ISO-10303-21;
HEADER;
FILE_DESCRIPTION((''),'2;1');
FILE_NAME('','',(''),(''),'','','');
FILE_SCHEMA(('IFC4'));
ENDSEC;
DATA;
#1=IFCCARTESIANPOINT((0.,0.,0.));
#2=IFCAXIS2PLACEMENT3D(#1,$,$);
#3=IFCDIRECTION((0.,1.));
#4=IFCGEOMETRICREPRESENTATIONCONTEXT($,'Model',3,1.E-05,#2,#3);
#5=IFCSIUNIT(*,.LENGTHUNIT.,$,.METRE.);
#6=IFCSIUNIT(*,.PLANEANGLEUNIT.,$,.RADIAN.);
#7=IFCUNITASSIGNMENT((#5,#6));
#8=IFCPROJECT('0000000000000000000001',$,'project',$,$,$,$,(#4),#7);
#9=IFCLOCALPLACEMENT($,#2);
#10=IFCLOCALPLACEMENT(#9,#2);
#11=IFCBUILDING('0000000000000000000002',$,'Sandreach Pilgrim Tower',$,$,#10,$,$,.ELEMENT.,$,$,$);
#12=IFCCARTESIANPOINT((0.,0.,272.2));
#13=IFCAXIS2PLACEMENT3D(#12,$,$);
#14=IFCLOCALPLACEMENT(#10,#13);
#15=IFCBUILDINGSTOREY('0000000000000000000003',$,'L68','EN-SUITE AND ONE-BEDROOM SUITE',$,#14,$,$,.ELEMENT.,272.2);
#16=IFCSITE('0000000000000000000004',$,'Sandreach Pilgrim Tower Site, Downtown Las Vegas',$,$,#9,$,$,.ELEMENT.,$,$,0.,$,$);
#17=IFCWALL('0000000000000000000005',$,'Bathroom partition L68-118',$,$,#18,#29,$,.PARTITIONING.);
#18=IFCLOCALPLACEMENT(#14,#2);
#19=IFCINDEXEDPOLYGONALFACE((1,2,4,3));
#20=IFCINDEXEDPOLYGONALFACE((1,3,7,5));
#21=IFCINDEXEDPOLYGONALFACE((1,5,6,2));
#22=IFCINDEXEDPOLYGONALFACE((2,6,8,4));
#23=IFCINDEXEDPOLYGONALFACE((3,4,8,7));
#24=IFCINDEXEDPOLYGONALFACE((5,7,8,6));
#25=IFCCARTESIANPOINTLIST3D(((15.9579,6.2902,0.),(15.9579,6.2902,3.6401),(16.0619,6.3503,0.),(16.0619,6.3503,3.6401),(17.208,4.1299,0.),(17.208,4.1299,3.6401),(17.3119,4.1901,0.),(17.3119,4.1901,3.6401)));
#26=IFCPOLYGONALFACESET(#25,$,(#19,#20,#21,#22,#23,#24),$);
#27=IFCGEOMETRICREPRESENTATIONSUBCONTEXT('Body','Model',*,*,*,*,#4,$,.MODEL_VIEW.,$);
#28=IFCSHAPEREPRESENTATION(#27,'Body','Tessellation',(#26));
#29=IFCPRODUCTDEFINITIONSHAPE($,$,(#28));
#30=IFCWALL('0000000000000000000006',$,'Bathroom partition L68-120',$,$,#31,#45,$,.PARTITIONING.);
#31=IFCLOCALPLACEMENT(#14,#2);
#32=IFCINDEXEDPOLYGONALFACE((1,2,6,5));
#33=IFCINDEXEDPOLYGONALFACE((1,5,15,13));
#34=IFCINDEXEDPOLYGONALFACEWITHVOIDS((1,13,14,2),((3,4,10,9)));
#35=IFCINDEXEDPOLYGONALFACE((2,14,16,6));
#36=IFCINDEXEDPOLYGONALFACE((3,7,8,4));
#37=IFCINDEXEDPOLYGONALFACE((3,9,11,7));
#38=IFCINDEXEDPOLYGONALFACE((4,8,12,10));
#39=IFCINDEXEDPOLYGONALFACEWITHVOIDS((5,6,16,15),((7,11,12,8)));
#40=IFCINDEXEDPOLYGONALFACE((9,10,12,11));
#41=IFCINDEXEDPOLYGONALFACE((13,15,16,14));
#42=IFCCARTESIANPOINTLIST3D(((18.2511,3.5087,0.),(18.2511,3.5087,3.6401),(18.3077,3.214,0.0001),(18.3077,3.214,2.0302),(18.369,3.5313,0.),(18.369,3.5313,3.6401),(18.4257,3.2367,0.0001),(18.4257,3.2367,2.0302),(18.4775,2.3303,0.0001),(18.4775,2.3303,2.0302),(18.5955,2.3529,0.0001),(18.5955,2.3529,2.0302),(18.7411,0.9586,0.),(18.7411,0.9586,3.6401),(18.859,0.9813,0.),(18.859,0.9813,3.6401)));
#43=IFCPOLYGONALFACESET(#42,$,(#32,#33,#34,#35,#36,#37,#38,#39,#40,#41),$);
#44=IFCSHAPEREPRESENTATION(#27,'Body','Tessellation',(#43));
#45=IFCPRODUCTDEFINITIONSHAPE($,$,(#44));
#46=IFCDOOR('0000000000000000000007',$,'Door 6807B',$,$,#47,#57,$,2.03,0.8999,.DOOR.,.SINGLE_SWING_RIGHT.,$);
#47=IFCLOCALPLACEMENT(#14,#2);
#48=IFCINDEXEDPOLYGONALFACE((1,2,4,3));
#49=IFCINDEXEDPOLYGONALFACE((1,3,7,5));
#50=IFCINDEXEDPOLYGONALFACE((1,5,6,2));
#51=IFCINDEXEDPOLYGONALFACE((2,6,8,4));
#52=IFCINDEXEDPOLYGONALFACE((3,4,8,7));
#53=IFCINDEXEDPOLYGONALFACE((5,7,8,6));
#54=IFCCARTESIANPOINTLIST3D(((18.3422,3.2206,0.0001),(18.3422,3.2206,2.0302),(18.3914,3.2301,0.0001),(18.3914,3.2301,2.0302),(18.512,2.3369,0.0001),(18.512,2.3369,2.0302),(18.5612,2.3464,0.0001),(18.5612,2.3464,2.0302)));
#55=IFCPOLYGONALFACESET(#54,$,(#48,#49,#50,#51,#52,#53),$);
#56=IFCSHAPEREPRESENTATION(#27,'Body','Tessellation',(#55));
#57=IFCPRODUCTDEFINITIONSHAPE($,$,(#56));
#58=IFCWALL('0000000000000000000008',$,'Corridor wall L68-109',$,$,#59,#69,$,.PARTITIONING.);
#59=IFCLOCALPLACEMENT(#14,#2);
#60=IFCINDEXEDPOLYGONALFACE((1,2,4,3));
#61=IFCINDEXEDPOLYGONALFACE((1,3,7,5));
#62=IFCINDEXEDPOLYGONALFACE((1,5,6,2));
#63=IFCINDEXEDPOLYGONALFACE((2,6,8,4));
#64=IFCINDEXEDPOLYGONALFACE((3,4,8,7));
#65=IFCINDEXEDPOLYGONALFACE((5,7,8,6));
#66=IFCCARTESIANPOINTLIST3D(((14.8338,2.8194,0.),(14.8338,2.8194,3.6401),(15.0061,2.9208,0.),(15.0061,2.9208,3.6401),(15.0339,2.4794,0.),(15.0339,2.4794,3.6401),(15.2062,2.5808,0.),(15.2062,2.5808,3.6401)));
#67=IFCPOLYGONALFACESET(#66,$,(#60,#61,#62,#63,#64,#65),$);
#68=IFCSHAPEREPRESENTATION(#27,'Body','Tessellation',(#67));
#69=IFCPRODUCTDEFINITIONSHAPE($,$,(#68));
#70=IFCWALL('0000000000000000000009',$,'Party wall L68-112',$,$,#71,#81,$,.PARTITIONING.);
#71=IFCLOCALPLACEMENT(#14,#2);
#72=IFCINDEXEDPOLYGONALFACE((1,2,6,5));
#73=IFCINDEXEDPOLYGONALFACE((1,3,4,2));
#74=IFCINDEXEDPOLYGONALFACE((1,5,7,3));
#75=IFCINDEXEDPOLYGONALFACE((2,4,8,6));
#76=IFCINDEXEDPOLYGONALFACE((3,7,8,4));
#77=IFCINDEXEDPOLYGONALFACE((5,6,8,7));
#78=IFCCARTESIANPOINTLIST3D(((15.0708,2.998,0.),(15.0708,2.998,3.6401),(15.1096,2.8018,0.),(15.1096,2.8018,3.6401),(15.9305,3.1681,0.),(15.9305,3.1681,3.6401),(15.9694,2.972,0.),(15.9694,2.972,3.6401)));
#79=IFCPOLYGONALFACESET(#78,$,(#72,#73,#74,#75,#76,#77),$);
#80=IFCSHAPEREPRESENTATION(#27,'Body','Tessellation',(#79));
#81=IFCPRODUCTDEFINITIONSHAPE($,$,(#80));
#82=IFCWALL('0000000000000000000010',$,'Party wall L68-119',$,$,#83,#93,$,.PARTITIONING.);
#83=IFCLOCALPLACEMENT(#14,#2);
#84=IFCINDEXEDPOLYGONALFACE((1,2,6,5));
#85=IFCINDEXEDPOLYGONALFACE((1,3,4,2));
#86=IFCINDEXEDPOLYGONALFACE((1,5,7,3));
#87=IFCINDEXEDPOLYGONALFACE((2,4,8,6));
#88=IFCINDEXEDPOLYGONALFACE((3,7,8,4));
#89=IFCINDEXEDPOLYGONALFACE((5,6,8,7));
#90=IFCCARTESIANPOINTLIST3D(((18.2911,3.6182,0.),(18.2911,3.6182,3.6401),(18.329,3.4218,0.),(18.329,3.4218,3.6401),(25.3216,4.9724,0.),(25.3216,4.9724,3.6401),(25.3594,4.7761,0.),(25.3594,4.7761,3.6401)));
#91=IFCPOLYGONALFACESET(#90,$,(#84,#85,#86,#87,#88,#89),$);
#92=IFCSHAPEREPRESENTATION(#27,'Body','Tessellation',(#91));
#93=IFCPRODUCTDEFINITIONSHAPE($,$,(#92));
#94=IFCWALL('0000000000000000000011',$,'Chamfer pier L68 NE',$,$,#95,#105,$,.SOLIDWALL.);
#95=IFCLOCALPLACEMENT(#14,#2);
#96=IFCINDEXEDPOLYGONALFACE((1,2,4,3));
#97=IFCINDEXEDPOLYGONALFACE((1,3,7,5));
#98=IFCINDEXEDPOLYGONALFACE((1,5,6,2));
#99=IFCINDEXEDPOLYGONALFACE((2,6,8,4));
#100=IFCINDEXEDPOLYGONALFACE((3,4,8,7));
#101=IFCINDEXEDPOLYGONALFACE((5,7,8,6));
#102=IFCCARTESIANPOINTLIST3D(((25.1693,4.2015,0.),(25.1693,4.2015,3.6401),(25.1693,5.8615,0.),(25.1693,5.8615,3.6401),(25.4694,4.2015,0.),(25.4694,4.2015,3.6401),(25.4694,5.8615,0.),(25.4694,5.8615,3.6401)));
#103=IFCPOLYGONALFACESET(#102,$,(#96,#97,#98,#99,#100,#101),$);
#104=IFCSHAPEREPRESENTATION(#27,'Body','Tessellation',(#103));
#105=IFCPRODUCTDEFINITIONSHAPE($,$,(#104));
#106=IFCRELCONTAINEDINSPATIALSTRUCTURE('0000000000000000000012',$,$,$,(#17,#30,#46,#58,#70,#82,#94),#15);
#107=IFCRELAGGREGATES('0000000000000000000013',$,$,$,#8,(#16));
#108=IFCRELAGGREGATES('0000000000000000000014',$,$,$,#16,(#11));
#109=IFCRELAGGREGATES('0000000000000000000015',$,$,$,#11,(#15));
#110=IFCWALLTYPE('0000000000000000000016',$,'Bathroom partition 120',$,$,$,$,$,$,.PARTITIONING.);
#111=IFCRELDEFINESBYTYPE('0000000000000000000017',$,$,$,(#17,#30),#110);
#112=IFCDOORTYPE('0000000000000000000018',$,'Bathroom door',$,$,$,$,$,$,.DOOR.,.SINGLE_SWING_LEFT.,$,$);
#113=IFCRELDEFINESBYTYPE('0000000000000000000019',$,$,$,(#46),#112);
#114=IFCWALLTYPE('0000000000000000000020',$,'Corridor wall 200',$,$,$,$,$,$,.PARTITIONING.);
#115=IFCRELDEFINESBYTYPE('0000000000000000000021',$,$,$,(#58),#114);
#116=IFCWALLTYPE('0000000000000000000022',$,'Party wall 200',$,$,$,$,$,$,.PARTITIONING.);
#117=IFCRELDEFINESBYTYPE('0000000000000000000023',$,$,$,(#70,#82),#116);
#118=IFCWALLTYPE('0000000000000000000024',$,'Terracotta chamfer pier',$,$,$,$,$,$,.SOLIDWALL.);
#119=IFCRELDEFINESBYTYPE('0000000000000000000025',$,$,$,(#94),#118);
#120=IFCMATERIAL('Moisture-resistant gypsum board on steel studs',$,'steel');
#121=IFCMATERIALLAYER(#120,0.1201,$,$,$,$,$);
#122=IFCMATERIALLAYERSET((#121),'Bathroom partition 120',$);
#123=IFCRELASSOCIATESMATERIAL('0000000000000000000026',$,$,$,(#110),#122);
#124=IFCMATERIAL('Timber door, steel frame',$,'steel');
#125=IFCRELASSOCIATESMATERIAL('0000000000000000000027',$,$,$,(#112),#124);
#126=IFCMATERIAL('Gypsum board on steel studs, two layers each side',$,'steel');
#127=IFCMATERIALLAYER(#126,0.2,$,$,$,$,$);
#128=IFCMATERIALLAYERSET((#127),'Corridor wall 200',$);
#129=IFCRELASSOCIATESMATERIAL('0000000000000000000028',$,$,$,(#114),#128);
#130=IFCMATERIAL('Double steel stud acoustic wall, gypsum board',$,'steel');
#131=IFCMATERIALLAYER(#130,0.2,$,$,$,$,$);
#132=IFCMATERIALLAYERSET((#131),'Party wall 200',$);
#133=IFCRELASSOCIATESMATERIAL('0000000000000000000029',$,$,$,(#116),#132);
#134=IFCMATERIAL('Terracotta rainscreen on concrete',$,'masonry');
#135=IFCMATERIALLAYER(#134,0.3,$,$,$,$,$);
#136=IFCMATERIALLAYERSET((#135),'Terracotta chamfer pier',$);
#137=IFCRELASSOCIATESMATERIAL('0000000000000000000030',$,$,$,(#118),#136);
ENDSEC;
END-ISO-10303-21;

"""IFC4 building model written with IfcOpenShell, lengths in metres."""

from ifc_helpers import new_model, si_unit, direction, frame, frame_2d, origin, place, context, subcontext, project, spatial, rectangle, extrude, material, layer, layer_set, type_object, element, fill, save


model = new_model("IFC4")

# Units and contexts
model_context = context("Model", 3, precision=1e-05, world=origin(), true_north=direction((0.0, 1.0)))
body_context = subcontext(model_context, "Body", "Model", "MODEL_VIEW")
ifc_project = project(units=[si_unit("LENGTHUNIT", "METRE"), si_unit("PLANEANGLEUNIT", "RADIAN")], contexts=[model_context])

# Site, building, storey
site_placement = place(None, origin())
site = spatial("IfcSite", under=ifc_project, at=site_placement, Name="Sandreach Pilgrim Tower Site, Downtown Las Vegas", CompositionType="ELEMENT", RefElevation=0.0)
building_placement = place(site_placement, origin())
building = spatial("IfcBuilding", under=site, at=building_placement, Name="Sandreach Pilgrim Tower", CompositionType="ELEMENT")
storey_placement = place(building_placement, frame((0.0, 0.0, 272.2)))
storey = spatial("IfcBuildingStorey", under=building, at=storey_placement, Name="L68", Description="EN-SUITE AND ONE-BEDROOM SUITE", CompositionType="ELEMENT", Elevation=272.2)

# Shared definitions
ifc_material_1 = material(Name="Moisture-resistant gypsum board on steel studs", Category="steel")
ifc_layer_1 = layer(ifc_material_1, 0.1201)
ifc_layer_set_1 = layer_set([ifc_layer_1], Name="Bathroom partition 120")
wall_type_1 = type_object("IfcWallType", Name="Bathroom partition 120", PredefinedType="PARTITIONING", material=ifc_layer_set_1)

# Shared definitions
ifc_material_2 = material(Name="Timber door, steel frame", Category="steel")
door_type_1 = type_object("IfcDoorType", Name="Bathroom door", OperationType="SINGLE_SWING_LEFT", PredefinedType="DOOR", material=ifc_material_2)

# Wall
wall_1_placement = place(storey_placement, frame((17.26, 4.1599, 0.0), z_axis=(0.0, 0.0, 1.0), x_axis=(-0.500851, 0.865533, 0.0)))
element("IfcWall", 1, at=wall_1_placement, inside=storey, type_object=wall_type_1, Name="Bathroom partition L68-118", PredefinedType="PARTITIONING", context=body_context, shape_type="SweptSolid", body=[
    extrude(rectangle(XDim=2.4958, YDim=0.1201, at=frame_2d((1.248, 0.0))), origin(), (0.0, 0.0, 1.0), 3.6401),
])

# Wall, opening, door
wall_2_placement = place(storey_placement, frame((18.8, 0.97, 0.0), z_axis=(0.0, 0.0, 1.0), x_axis=(-0.188697, 0.982035, 0.0)))
wall_2 = element("IfcWall", 2, at=wall_2_placement, inside=storey, type_object=wall_type_1, Name="Bathroom partition L68-120", PredefinedType="PARTITIONING", context=body_context, shape_type="SweptSolid", body=[
    extrude(rectangle(XDim=2.5967, YDim=0.1201, at=frame_2d((1.2983, 0.0))), origin(), (0.0, 0.0, 1.0), 3.6401),
])
opening_1_placement = place(wall_2_placement, frame((1.3967, 0.0, 0.0)))
opening_1 = element("IfcOpeningElement", 3, at=opening_1_placement, cuts=wall_2, PredefinedType="OPENING", context=body_context, shape_type="SweptSolid", body=[
    extrude(rectangle(XDim=0.8999, YDim=2.03, at=frame_2d((0.45, 1.0151))), frame((0.0, 0.0601, 0.0), z_axis=(0.0, -1.0, 0.0), x_axis=(1.0, 0.0, 0.0)), (0.0, 0.0, 1.0), 0.1201),
])
door_1_placement = place(opening_1_placement, origin())
door_1 = element("IfcDoor", 4, at=door_1_placement, inside=storey, type_object=door_type_1, Name="Door 6807B", OperationType="SINGLE_SWING_RIGHT", OverallHeight=2.03, OverallWidth=0.8999, PredefinedType="DOOR", context=body_context, shape_type="SweptSolid", body=[
    extrude(rectangle(XDim=0.8999, YDim=2.03, at=frame_2d((0.45, 1.0151))), frame((0.0, 0.0249, 0.0), z_axis=(0.0, -1.0, 0.0), x_axis=(1.0, 0.0, 0.0)), (0.0, 0.0, 1.0), 0.05),
])
fill(opening_1, door_1)
ifc_material_3 = material(Name="Gypsum board on steel studs, two layers each side", Category="steel")
ifc_layer_2 = layer(ifc_material_3, 0.2)
ifc_layer_set_2 = layer_set([ifc_layer_2], Name="Corridor wall 200")
wall_type_2 = type_object("IfcWallType", Name="Corridor wall 200", PredefinedType="PARTITIONING", material=ifc_layer_set_2)

# Walls
wall_3_placement = place(storey_placement, frame((14.9199, 2.8701, 0.0), z_axis=(0.0, 0.0, 1.0), x_axis=(0.50729, -0.861775, 0.0)))
element("IfcWall", 5, at=wall_3_placement, inside=storey, type_object=wall_type_2, Name="Corridor wall L68-109", PredefinedType="PARTITIONING", context=body_context, shape_type="SweptSolid", body=[
    extrude(rectangle(XDim=0.3945, YDim=0.2, at=frame_2d((0.1973, 0.0))), origin(), (0.0, 0.0, 1.0), 3.6401),
])
ifc_material_4 = material(Name="Double steel stud acoustic wall, gypsum board", Category="steel")
ifc_layer_3 = layer(ifc_material_4, 0.2)
ifc_layer_set_3 = layer_set([ifc_layer_3], Name="Party wall 200")
wall_type_3 = type_object("IfcWallType", Name="Party wall 200", PredefinedType="PARTITIONING", material=ifc_layer_set_3)
wall_4_placement = place(storey_placement, frame((15.95, 3.0701, 0.0), z_axis=(0.0, 0.0, 1.0), x_axis=(-0.980975, -0.194134, 0.0)))
element("IfcWall", 6, at=wall_4_placement, inside=storey, type_object=wall_type_3, Name="Party wall L68-112", PredefinedType="PARTITIONING", context=body_context, shape_type="SweptSolid", body=[
    extrude(rectangle(XDim=0.8765, YDim=0.2, at=frame_2d((0.4382, 0.0))), origin(), (0.0, 0.0, 1.0), 3.6401),
])
wall_5_placement = place(storey_placement, frame((18.3101, 3.52, 0.0), z_axis=(0.0, 0.0, 1.0), x_axis=(0.981949, 0.189147, 0.0)))
element("IfcWall", 7, at=wall_5_placement, inside=storey, type_object=wall_type_3, Name="Party wall L68-119", PredefinedType="PARTITIONING", context=body_context, shape_type="SweptSolid", body=[
    extrude(rectangle(XDim=7.1597, YDim=0.2, at=frame_2d((3.5798, 0.0))), origin(), (0.0, 0.0, 1.0), 3.6401),
])
ifc_material_5 = material(Name="Terracotta rainscreen on concrete", Category="masonry")
ifc_layer_4 = layer(ifc_material_5, 0.3)
ifc_layer_set_4 = layer_set([ifc_layer_4], Name="Terracotta chamfer pier")
wall_type_4 = type_object("IfcWallType", Name="Terracotta chamfer pier", PredefinedType="SOLIDWALL", material=ifc_layer_set_4)
wall_6_placement = place(storey_placement, frame((25.3193, 5.8616, 0.0), z_axis=(0.0, 0.0, 1.0), x_axis=(0.0, -1.0, 0.0)))
element("IfcWall", 8, at=wall_6_placement, inside=storey, type_object=wall_type_4, Name="Chamfer pier L68 NE", PredefinedType="SOLIDWALL", context=body_context, shape_type="SweptSolid", body=[
    extrude(rectangle(XDim=1.6599, YDim=0.3, at=frame_2d((0.8301, 0.0))), origin(), (0.0, 0.0, 1.0), 3.6401),
])

save(model, "model.ifc")
